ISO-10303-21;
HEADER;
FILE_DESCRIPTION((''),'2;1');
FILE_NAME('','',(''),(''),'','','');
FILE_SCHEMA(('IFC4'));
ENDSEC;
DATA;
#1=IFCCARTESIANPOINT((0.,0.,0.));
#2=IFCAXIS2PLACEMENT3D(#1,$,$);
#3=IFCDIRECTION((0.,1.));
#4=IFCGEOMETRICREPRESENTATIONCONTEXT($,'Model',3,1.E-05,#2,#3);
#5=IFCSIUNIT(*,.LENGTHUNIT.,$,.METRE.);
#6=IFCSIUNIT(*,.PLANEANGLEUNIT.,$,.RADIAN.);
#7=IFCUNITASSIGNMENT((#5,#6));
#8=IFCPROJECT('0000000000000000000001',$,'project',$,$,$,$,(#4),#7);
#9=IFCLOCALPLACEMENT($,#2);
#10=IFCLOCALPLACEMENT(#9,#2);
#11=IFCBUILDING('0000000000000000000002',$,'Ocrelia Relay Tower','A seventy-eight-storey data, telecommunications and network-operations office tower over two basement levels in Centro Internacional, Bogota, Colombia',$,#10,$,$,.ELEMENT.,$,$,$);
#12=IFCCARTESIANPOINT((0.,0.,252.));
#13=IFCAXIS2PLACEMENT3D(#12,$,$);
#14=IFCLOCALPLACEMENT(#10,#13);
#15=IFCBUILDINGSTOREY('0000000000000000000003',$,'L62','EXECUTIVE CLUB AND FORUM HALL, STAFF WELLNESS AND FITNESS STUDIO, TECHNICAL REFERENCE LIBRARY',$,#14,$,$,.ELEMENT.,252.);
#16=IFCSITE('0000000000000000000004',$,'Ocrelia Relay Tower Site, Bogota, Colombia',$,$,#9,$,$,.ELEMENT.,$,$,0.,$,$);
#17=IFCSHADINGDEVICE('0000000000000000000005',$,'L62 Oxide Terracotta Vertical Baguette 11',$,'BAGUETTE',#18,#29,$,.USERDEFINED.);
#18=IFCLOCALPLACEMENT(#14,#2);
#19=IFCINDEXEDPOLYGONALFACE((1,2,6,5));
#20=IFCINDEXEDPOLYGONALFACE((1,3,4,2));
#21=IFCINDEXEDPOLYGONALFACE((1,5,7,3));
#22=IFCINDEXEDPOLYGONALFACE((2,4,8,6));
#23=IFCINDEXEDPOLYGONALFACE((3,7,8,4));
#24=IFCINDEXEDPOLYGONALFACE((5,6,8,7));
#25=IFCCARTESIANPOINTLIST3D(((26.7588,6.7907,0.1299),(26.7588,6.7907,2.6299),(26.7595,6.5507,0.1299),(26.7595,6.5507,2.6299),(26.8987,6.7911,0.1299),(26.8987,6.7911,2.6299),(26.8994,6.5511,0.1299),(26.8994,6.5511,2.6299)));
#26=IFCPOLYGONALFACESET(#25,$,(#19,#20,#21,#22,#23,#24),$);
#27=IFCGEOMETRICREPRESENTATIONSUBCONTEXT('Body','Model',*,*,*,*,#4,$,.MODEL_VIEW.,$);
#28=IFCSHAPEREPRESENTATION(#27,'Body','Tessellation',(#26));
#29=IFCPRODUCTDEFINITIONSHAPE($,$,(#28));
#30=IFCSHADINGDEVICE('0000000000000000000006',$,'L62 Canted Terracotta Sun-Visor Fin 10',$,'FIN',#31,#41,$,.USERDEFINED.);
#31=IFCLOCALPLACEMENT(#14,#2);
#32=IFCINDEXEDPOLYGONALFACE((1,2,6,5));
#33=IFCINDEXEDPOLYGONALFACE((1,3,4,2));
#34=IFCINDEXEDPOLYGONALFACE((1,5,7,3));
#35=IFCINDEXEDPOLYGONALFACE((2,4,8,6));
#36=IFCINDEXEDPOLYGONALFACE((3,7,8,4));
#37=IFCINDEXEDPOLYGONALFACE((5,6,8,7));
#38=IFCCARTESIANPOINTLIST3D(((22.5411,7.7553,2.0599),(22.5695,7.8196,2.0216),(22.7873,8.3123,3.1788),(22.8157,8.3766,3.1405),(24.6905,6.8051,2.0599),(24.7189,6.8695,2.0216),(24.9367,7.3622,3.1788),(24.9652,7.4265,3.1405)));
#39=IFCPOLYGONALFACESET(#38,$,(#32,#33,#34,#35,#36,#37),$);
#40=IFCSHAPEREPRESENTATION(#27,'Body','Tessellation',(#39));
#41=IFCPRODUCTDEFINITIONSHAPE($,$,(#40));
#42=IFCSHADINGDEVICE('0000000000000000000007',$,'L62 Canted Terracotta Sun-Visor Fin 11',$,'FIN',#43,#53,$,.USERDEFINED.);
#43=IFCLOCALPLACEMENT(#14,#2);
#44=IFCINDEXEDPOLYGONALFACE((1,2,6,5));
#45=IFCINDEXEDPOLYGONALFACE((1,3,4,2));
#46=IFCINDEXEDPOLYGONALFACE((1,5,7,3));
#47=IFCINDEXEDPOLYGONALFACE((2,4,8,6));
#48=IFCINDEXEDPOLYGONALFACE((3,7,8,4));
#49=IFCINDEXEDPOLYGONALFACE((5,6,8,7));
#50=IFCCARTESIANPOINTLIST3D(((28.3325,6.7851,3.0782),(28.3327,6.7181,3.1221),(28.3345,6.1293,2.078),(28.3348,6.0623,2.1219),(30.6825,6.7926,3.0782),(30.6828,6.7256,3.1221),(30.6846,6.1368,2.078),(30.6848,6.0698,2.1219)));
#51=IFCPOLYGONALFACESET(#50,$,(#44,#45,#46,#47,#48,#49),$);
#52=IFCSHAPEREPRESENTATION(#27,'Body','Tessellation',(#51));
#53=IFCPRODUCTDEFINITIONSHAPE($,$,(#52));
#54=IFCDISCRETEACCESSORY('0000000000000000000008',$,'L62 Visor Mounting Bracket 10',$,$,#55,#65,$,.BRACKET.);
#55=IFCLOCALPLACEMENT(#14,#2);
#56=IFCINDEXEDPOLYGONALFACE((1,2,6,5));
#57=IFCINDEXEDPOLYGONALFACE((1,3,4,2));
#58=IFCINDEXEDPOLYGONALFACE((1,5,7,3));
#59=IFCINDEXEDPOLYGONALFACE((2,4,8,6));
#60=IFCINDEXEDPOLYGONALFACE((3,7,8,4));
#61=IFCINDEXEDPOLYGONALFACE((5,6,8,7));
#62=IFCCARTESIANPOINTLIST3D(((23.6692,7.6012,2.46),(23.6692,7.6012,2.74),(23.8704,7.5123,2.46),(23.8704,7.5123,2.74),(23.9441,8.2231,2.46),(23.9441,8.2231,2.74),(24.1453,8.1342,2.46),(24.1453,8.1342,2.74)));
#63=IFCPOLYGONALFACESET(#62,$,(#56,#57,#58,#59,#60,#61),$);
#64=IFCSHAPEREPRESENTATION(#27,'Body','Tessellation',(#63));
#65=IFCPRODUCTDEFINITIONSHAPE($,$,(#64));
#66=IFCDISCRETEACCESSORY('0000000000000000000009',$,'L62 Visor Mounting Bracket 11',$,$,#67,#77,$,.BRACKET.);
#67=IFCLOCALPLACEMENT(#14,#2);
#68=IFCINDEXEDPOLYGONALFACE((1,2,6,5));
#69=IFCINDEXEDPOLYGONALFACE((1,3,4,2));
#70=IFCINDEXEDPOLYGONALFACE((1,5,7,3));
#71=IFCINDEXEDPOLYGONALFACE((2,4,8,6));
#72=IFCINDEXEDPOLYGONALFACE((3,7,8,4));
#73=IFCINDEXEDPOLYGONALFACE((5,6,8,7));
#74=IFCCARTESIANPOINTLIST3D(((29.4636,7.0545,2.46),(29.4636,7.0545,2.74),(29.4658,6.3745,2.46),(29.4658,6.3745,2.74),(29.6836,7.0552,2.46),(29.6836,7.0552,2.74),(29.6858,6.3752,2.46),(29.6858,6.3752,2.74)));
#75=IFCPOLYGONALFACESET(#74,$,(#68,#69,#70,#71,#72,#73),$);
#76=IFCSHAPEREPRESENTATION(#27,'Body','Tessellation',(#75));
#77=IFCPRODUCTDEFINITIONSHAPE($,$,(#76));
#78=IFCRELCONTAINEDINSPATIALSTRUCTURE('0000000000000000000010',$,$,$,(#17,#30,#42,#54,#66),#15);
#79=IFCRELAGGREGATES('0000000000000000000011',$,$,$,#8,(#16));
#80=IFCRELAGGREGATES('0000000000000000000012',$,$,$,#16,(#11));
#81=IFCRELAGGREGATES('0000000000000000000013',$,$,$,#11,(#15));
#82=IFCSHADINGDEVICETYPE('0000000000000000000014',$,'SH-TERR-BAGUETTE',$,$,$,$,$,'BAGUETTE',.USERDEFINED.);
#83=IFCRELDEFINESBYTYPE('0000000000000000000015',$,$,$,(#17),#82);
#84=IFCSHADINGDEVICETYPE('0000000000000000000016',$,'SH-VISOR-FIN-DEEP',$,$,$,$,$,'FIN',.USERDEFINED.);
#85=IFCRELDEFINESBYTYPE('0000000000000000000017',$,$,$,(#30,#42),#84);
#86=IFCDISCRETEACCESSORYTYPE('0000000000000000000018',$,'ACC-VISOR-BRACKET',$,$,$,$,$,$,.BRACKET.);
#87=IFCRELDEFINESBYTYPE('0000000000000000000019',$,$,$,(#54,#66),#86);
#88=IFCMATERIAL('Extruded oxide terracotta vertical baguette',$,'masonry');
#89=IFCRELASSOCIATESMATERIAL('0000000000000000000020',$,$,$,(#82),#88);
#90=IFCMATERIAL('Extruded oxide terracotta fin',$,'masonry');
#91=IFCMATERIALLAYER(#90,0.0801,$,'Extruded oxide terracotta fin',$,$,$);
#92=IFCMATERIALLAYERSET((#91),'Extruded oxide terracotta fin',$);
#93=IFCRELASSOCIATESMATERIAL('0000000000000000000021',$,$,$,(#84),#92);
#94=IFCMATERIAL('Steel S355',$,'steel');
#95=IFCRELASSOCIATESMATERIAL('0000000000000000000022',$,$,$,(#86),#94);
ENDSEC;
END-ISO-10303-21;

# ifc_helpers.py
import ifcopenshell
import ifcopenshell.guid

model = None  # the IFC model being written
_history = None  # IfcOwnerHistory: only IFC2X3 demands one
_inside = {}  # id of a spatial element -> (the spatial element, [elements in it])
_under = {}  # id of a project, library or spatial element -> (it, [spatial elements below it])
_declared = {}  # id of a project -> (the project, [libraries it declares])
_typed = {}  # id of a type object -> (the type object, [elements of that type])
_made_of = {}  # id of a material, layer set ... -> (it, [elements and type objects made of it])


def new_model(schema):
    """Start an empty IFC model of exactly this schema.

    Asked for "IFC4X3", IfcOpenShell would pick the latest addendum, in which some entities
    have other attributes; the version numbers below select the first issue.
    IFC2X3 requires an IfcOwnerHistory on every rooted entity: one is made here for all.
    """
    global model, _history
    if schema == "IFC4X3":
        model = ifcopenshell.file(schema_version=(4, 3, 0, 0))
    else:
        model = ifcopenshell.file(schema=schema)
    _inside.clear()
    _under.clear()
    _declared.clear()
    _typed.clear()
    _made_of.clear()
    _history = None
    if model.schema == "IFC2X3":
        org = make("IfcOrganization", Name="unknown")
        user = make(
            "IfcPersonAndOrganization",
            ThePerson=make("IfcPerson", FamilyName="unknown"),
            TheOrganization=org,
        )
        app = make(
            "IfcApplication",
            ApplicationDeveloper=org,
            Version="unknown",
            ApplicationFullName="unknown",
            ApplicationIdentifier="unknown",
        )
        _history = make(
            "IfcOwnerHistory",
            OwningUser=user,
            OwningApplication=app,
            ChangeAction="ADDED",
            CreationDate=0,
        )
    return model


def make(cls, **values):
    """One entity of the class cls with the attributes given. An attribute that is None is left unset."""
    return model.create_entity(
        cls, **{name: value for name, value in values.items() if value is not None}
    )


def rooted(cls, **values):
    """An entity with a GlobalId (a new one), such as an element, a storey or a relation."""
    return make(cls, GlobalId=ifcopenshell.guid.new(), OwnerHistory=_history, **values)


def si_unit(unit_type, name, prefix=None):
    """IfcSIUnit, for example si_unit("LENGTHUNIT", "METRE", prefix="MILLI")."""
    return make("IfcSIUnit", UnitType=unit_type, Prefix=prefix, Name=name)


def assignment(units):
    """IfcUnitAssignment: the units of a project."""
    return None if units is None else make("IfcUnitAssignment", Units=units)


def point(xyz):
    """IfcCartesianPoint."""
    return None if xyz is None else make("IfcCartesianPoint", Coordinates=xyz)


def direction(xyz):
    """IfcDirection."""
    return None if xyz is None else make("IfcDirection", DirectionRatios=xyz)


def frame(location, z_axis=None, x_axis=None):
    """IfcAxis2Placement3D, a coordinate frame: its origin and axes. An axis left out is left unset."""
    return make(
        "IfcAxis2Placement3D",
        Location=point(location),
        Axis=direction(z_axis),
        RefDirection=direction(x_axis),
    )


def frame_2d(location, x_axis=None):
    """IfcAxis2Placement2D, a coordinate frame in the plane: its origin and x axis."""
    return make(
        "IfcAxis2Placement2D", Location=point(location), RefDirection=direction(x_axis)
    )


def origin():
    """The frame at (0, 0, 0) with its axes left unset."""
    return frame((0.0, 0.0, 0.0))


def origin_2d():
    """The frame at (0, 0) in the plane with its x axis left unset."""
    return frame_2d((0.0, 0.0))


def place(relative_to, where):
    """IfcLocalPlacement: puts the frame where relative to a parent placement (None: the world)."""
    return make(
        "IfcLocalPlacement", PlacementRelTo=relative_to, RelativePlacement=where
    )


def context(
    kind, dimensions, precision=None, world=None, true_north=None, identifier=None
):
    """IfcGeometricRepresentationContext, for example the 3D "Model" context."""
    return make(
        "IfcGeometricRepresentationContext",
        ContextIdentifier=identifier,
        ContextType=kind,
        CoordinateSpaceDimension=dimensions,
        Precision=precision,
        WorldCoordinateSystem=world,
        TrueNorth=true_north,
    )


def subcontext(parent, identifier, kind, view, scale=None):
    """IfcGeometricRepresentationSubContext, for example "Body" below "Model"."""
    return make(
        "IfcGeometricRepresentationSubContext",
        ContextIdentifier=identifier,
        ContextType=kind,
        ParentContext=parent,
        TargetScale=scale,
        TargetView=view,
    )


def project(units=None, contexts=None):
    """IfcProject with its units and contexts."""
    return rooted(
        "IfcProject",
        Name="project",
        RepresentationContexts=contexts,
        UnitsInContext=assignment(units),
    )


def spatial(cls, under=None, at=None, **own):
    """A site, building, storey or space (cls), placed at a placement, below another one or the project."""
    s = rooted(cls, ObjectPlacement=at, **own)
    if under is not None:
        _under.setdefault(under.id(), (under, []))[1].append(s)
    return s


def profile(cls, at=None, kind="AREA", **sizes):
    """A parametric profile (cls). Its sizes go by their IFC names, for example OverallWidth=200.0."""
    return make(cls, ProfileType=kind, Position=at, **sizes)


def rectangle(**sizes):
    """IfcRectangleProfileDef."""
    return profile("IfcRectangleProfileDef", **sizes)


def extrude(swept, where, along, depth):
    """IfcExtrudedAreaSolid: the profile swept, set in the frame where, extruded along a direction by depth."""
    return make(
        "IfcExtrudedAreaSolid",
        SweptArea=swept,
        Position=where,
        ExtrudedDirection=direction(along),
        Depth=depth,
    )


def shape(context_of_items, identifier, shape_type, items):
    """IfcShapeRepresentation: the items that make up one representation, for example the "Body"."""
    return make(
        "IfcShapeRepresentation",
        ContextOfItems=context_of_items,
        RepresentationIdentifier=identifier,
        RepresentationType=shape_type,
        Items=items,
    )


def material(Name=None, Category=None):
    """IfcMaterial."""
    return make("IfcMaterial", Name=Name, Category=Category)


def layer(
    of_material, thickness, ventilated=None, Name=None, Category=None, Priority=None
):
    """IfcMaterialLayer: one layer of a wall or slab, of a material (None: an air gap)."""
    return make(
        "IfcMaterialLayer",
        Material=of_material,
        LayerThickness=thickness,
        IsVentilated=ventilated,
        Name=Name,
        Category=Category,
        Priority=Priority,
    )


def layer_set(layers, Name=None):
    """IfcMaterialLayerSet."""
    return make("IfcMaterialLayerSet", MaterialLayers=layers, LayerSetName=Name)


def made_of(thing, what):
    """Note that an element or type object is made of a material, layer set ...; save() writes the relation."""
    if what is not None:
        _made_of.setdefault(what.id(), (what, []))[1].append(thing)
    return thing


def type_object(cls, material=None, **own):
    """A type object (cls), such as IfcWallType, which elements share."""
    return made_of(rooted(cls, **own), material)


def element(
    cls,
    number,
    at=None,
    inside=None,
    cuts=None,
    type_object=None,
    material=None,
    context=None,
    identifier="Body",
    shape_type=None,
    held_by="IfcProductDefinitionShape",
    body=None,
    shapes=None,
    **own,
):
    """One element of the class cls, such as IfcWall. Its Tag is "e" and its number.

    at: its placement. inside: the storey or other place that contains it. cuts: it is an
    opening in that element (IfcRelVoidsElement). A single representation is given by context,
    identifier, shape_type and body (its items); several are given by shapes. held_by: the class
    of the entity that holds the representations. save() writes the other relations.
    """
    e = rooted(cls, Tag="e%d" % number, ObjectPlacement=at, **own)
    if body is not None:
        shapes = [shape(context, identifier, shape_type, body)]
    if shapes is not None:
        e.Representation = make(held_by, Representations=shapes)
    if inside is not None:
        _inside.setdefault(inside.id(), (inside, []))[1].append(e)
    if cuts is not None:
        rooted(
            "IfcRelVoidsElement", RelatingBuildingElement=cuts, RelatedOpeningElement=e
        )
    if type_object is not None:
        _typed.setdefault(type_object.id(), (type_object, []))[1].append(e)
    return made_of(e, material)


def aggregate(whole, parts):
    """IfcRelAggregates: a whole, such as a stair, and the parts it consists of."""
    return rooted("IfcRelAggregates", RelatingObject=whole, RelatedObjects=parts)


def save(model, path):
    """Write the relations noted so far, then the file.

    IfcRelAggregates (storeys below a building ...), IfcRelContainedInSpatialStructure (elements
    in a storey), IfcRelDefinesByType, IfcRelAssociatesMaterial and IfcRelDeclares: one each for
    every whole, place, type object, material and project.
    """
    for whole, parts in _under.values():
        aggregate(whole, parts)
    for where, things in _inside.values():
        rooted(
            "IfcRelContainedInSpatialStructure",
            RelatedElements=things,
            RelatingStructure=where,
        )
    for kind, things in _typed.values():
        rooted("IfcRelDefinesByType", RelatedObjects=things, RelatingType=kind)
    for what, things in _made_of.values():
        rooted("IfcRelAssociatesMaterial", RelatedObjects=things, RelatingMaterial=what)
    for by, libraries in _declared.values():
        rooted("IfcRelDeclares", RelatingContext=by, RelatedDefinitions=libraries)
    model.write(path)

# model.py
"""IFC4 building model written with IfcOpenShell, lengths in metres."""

from ifc_helpers import new_model, si_unit, direction, frame, origin, origin_2d, place, context, subcontext, project, spatial, rectangle, extrude, material, layer, layer_set, type_object, element, save


model = new_model("IFC4")

# Units and contexts
model_context = context("Model", 3, precision=1e-05, world=origin(), true_north=direction((0.0, 1.0)))
body_context = subcontext(model_context, "Body", "Model", "MODEL_VIEW")
ifc_project = project(units=[si_unit("LENGTHUNIT", "METRE"), si_unit("PLANEANGLEUNIT", "RADIAN")], contexts=[model_context])

# Site, building, storey
site_placement = place(None, origin())
site = spatial("IfcSite", under=ifc_project, at=site_placement, Name="Ocrelia Relay Tower Site, Bogota, Colombia", CompositionType="ELEMENT", RefElevation=0.0)
building_placement = place(site_placement, origin())
building = spatial("IfcBuilding", under=site, at=building_placement, Name="Ocrelia Relay Tower", Description="A seventy-eight-storey data, telecommunications and network-operations office tower over two basement levels in Centro Internacional, Bogota, Colombia", CompositionType="ELEMENT")
storey_placement = place(building_placement, frame((0.0, 0.0, 252.0)))
storey = spatial("IfcBuildingStorey", under=building, at=storey_placement, Name="L62", Description="EXECUTIVE CLUB AND FORUM HALL, STAFF WELLNESS AND FITNESS STUDIO, TECHNICAL REFERENCE LIBRARY", CompositionType="ELEMENT", Elevation=252.0)

# Shared definitions
ifc_material_1 = material(Name="Steel S355", Category="steel")

# Shading devices
ifc_material_2 = material(Name="Extruded oxide terracotta vertical baguette", Category="masonry")
shading_device_type_1 = type_object("IfcShadingDeviceType", Name="SH-TERR-BAGUETTE", ElementType="BAGUETTE", PredefinedType="USERDEFINED", material=ifc_material_2)
shading_device_1_placement = place(storey_placement, frame((26.8291, 6.6709, 0.1299), z_axis=(0.0, 0.0, 1.0), x_axis=(0.999995, 0.003184, 0.0)))
element("IfcShadingDevice", 1, at=shading_device_1_placement, inside=storey, type_object=shading_device_type_1, Name="L62 Oxide Terracotta Vertical Baguette 11", ObjectType="BAGUETTE", PredefinedType="USERDEFINED", context=body_context, shape_type="SweptSolid", body=[
    extrude(rectangle(XDim=0.1399, YDim=0.24, at=origin_2d()), origin(), (0.0, 0.0, 1.0), 2.5),
])
ifc_material_3 = material(Name="Extruded oxide terracotta fin", Category="masonry")
ifc_layer_1 = layer(ifc_material_3, 0.0801, Name="Extruded oxide terracotta fin")
ifc_layer_set_1 = layer_set([ifc_layer_1], Name="Extruded oxide terracotta fin")
shading_device_type_2 = type_object("IfcShadingDeviceType", Name="SH-VISOR-FIN-DEEP", ElementType="FIN", PredefinedType="USERDEFINED", material=ifc_layer_set_1)
shading_device_2_placement = place(storey_placement, frame((23.7673, 7.623, 2.5811), z_axis=(-0.355102, -0.803332, 0.478079), x_axis=(0.914627, -0.404298, 0.0)))
element("IfcShadingDevice", 2, at=shading_device_2_placement, inside=storey, type_object=shading_device_type_2, Name="L62 Canted Terracotta Sun-Visor Fin 10", ObjectType="FIN", PredefinedType="USERDEFINED", context=body_context, shape_type="SweptSolid", body=[
    extrude(rectangle(XDim=2.3501, YDim=1.2739, at=origin_2d()), origin(), (0.0, 0.0, 1.0), 0.0801),
])
shading_device_3_placement = place(storey_placement, frame((29.5085, 6.4609, 2.5781), z_axis=(0.002663, -0.836282, 0.548293), x_axis=(0.999995, 0.003184, 0.0)))
element("IfcShadingDevice", 3, at=shading_device_3_placement, inside=storey, type_object=shading_device_type_2, Name="L62 Canted Terracotta Sun-Visor Fin 11", ObjectType="FIN", PredefinedType="USERDEFINED", context=body_context, shape_type="SweptSolid", body=[
    extrude(rectangle(XDim=2.3501, YDim=1.196, at=origin_2d()), origin(), (0.0, 0.0, 1.0), 0.0801),
])

# Discrete accessories
discrete_accessory_type = type_object("IfcDiscreteAccessoryType", Name="ACC-VISOR-BRACKET", PredefinedType="BRACKET", material=ifc_material_1)
for number, where, z_axis, x_axis, name in (
    (4, (23.9072, 7.8677, 2.46), (0.0, 0.0, 1.0), (0.914627, -0.404298, 0.0), "L62 Visor Mounting Bracket 10"),
    (5, (29.5747, 6.7148, 2.46), (0.0, 0.0, 1.0), (0.999995, 0.003184, 0.0), "L62 Visor Mounting Bracket 11"),
):
    element("IfcDiscreteAccessory", number, at=place(storey_placement, frame(where, z_axis=z_axis, x_axis=x_axis)), inside=storey, type_object=discrete_accessory_type, Name=name, PredefinedType="BRACKET", context=body_context, shape_type="SweptSolid", body=[
        extrude(rectangle(XDim=0.22, YDim=0.6799, at=origin_2d()), origin(), (0.0, 0.0, 1.0), 0.28),
    ])

save(model, "model.ifc")
